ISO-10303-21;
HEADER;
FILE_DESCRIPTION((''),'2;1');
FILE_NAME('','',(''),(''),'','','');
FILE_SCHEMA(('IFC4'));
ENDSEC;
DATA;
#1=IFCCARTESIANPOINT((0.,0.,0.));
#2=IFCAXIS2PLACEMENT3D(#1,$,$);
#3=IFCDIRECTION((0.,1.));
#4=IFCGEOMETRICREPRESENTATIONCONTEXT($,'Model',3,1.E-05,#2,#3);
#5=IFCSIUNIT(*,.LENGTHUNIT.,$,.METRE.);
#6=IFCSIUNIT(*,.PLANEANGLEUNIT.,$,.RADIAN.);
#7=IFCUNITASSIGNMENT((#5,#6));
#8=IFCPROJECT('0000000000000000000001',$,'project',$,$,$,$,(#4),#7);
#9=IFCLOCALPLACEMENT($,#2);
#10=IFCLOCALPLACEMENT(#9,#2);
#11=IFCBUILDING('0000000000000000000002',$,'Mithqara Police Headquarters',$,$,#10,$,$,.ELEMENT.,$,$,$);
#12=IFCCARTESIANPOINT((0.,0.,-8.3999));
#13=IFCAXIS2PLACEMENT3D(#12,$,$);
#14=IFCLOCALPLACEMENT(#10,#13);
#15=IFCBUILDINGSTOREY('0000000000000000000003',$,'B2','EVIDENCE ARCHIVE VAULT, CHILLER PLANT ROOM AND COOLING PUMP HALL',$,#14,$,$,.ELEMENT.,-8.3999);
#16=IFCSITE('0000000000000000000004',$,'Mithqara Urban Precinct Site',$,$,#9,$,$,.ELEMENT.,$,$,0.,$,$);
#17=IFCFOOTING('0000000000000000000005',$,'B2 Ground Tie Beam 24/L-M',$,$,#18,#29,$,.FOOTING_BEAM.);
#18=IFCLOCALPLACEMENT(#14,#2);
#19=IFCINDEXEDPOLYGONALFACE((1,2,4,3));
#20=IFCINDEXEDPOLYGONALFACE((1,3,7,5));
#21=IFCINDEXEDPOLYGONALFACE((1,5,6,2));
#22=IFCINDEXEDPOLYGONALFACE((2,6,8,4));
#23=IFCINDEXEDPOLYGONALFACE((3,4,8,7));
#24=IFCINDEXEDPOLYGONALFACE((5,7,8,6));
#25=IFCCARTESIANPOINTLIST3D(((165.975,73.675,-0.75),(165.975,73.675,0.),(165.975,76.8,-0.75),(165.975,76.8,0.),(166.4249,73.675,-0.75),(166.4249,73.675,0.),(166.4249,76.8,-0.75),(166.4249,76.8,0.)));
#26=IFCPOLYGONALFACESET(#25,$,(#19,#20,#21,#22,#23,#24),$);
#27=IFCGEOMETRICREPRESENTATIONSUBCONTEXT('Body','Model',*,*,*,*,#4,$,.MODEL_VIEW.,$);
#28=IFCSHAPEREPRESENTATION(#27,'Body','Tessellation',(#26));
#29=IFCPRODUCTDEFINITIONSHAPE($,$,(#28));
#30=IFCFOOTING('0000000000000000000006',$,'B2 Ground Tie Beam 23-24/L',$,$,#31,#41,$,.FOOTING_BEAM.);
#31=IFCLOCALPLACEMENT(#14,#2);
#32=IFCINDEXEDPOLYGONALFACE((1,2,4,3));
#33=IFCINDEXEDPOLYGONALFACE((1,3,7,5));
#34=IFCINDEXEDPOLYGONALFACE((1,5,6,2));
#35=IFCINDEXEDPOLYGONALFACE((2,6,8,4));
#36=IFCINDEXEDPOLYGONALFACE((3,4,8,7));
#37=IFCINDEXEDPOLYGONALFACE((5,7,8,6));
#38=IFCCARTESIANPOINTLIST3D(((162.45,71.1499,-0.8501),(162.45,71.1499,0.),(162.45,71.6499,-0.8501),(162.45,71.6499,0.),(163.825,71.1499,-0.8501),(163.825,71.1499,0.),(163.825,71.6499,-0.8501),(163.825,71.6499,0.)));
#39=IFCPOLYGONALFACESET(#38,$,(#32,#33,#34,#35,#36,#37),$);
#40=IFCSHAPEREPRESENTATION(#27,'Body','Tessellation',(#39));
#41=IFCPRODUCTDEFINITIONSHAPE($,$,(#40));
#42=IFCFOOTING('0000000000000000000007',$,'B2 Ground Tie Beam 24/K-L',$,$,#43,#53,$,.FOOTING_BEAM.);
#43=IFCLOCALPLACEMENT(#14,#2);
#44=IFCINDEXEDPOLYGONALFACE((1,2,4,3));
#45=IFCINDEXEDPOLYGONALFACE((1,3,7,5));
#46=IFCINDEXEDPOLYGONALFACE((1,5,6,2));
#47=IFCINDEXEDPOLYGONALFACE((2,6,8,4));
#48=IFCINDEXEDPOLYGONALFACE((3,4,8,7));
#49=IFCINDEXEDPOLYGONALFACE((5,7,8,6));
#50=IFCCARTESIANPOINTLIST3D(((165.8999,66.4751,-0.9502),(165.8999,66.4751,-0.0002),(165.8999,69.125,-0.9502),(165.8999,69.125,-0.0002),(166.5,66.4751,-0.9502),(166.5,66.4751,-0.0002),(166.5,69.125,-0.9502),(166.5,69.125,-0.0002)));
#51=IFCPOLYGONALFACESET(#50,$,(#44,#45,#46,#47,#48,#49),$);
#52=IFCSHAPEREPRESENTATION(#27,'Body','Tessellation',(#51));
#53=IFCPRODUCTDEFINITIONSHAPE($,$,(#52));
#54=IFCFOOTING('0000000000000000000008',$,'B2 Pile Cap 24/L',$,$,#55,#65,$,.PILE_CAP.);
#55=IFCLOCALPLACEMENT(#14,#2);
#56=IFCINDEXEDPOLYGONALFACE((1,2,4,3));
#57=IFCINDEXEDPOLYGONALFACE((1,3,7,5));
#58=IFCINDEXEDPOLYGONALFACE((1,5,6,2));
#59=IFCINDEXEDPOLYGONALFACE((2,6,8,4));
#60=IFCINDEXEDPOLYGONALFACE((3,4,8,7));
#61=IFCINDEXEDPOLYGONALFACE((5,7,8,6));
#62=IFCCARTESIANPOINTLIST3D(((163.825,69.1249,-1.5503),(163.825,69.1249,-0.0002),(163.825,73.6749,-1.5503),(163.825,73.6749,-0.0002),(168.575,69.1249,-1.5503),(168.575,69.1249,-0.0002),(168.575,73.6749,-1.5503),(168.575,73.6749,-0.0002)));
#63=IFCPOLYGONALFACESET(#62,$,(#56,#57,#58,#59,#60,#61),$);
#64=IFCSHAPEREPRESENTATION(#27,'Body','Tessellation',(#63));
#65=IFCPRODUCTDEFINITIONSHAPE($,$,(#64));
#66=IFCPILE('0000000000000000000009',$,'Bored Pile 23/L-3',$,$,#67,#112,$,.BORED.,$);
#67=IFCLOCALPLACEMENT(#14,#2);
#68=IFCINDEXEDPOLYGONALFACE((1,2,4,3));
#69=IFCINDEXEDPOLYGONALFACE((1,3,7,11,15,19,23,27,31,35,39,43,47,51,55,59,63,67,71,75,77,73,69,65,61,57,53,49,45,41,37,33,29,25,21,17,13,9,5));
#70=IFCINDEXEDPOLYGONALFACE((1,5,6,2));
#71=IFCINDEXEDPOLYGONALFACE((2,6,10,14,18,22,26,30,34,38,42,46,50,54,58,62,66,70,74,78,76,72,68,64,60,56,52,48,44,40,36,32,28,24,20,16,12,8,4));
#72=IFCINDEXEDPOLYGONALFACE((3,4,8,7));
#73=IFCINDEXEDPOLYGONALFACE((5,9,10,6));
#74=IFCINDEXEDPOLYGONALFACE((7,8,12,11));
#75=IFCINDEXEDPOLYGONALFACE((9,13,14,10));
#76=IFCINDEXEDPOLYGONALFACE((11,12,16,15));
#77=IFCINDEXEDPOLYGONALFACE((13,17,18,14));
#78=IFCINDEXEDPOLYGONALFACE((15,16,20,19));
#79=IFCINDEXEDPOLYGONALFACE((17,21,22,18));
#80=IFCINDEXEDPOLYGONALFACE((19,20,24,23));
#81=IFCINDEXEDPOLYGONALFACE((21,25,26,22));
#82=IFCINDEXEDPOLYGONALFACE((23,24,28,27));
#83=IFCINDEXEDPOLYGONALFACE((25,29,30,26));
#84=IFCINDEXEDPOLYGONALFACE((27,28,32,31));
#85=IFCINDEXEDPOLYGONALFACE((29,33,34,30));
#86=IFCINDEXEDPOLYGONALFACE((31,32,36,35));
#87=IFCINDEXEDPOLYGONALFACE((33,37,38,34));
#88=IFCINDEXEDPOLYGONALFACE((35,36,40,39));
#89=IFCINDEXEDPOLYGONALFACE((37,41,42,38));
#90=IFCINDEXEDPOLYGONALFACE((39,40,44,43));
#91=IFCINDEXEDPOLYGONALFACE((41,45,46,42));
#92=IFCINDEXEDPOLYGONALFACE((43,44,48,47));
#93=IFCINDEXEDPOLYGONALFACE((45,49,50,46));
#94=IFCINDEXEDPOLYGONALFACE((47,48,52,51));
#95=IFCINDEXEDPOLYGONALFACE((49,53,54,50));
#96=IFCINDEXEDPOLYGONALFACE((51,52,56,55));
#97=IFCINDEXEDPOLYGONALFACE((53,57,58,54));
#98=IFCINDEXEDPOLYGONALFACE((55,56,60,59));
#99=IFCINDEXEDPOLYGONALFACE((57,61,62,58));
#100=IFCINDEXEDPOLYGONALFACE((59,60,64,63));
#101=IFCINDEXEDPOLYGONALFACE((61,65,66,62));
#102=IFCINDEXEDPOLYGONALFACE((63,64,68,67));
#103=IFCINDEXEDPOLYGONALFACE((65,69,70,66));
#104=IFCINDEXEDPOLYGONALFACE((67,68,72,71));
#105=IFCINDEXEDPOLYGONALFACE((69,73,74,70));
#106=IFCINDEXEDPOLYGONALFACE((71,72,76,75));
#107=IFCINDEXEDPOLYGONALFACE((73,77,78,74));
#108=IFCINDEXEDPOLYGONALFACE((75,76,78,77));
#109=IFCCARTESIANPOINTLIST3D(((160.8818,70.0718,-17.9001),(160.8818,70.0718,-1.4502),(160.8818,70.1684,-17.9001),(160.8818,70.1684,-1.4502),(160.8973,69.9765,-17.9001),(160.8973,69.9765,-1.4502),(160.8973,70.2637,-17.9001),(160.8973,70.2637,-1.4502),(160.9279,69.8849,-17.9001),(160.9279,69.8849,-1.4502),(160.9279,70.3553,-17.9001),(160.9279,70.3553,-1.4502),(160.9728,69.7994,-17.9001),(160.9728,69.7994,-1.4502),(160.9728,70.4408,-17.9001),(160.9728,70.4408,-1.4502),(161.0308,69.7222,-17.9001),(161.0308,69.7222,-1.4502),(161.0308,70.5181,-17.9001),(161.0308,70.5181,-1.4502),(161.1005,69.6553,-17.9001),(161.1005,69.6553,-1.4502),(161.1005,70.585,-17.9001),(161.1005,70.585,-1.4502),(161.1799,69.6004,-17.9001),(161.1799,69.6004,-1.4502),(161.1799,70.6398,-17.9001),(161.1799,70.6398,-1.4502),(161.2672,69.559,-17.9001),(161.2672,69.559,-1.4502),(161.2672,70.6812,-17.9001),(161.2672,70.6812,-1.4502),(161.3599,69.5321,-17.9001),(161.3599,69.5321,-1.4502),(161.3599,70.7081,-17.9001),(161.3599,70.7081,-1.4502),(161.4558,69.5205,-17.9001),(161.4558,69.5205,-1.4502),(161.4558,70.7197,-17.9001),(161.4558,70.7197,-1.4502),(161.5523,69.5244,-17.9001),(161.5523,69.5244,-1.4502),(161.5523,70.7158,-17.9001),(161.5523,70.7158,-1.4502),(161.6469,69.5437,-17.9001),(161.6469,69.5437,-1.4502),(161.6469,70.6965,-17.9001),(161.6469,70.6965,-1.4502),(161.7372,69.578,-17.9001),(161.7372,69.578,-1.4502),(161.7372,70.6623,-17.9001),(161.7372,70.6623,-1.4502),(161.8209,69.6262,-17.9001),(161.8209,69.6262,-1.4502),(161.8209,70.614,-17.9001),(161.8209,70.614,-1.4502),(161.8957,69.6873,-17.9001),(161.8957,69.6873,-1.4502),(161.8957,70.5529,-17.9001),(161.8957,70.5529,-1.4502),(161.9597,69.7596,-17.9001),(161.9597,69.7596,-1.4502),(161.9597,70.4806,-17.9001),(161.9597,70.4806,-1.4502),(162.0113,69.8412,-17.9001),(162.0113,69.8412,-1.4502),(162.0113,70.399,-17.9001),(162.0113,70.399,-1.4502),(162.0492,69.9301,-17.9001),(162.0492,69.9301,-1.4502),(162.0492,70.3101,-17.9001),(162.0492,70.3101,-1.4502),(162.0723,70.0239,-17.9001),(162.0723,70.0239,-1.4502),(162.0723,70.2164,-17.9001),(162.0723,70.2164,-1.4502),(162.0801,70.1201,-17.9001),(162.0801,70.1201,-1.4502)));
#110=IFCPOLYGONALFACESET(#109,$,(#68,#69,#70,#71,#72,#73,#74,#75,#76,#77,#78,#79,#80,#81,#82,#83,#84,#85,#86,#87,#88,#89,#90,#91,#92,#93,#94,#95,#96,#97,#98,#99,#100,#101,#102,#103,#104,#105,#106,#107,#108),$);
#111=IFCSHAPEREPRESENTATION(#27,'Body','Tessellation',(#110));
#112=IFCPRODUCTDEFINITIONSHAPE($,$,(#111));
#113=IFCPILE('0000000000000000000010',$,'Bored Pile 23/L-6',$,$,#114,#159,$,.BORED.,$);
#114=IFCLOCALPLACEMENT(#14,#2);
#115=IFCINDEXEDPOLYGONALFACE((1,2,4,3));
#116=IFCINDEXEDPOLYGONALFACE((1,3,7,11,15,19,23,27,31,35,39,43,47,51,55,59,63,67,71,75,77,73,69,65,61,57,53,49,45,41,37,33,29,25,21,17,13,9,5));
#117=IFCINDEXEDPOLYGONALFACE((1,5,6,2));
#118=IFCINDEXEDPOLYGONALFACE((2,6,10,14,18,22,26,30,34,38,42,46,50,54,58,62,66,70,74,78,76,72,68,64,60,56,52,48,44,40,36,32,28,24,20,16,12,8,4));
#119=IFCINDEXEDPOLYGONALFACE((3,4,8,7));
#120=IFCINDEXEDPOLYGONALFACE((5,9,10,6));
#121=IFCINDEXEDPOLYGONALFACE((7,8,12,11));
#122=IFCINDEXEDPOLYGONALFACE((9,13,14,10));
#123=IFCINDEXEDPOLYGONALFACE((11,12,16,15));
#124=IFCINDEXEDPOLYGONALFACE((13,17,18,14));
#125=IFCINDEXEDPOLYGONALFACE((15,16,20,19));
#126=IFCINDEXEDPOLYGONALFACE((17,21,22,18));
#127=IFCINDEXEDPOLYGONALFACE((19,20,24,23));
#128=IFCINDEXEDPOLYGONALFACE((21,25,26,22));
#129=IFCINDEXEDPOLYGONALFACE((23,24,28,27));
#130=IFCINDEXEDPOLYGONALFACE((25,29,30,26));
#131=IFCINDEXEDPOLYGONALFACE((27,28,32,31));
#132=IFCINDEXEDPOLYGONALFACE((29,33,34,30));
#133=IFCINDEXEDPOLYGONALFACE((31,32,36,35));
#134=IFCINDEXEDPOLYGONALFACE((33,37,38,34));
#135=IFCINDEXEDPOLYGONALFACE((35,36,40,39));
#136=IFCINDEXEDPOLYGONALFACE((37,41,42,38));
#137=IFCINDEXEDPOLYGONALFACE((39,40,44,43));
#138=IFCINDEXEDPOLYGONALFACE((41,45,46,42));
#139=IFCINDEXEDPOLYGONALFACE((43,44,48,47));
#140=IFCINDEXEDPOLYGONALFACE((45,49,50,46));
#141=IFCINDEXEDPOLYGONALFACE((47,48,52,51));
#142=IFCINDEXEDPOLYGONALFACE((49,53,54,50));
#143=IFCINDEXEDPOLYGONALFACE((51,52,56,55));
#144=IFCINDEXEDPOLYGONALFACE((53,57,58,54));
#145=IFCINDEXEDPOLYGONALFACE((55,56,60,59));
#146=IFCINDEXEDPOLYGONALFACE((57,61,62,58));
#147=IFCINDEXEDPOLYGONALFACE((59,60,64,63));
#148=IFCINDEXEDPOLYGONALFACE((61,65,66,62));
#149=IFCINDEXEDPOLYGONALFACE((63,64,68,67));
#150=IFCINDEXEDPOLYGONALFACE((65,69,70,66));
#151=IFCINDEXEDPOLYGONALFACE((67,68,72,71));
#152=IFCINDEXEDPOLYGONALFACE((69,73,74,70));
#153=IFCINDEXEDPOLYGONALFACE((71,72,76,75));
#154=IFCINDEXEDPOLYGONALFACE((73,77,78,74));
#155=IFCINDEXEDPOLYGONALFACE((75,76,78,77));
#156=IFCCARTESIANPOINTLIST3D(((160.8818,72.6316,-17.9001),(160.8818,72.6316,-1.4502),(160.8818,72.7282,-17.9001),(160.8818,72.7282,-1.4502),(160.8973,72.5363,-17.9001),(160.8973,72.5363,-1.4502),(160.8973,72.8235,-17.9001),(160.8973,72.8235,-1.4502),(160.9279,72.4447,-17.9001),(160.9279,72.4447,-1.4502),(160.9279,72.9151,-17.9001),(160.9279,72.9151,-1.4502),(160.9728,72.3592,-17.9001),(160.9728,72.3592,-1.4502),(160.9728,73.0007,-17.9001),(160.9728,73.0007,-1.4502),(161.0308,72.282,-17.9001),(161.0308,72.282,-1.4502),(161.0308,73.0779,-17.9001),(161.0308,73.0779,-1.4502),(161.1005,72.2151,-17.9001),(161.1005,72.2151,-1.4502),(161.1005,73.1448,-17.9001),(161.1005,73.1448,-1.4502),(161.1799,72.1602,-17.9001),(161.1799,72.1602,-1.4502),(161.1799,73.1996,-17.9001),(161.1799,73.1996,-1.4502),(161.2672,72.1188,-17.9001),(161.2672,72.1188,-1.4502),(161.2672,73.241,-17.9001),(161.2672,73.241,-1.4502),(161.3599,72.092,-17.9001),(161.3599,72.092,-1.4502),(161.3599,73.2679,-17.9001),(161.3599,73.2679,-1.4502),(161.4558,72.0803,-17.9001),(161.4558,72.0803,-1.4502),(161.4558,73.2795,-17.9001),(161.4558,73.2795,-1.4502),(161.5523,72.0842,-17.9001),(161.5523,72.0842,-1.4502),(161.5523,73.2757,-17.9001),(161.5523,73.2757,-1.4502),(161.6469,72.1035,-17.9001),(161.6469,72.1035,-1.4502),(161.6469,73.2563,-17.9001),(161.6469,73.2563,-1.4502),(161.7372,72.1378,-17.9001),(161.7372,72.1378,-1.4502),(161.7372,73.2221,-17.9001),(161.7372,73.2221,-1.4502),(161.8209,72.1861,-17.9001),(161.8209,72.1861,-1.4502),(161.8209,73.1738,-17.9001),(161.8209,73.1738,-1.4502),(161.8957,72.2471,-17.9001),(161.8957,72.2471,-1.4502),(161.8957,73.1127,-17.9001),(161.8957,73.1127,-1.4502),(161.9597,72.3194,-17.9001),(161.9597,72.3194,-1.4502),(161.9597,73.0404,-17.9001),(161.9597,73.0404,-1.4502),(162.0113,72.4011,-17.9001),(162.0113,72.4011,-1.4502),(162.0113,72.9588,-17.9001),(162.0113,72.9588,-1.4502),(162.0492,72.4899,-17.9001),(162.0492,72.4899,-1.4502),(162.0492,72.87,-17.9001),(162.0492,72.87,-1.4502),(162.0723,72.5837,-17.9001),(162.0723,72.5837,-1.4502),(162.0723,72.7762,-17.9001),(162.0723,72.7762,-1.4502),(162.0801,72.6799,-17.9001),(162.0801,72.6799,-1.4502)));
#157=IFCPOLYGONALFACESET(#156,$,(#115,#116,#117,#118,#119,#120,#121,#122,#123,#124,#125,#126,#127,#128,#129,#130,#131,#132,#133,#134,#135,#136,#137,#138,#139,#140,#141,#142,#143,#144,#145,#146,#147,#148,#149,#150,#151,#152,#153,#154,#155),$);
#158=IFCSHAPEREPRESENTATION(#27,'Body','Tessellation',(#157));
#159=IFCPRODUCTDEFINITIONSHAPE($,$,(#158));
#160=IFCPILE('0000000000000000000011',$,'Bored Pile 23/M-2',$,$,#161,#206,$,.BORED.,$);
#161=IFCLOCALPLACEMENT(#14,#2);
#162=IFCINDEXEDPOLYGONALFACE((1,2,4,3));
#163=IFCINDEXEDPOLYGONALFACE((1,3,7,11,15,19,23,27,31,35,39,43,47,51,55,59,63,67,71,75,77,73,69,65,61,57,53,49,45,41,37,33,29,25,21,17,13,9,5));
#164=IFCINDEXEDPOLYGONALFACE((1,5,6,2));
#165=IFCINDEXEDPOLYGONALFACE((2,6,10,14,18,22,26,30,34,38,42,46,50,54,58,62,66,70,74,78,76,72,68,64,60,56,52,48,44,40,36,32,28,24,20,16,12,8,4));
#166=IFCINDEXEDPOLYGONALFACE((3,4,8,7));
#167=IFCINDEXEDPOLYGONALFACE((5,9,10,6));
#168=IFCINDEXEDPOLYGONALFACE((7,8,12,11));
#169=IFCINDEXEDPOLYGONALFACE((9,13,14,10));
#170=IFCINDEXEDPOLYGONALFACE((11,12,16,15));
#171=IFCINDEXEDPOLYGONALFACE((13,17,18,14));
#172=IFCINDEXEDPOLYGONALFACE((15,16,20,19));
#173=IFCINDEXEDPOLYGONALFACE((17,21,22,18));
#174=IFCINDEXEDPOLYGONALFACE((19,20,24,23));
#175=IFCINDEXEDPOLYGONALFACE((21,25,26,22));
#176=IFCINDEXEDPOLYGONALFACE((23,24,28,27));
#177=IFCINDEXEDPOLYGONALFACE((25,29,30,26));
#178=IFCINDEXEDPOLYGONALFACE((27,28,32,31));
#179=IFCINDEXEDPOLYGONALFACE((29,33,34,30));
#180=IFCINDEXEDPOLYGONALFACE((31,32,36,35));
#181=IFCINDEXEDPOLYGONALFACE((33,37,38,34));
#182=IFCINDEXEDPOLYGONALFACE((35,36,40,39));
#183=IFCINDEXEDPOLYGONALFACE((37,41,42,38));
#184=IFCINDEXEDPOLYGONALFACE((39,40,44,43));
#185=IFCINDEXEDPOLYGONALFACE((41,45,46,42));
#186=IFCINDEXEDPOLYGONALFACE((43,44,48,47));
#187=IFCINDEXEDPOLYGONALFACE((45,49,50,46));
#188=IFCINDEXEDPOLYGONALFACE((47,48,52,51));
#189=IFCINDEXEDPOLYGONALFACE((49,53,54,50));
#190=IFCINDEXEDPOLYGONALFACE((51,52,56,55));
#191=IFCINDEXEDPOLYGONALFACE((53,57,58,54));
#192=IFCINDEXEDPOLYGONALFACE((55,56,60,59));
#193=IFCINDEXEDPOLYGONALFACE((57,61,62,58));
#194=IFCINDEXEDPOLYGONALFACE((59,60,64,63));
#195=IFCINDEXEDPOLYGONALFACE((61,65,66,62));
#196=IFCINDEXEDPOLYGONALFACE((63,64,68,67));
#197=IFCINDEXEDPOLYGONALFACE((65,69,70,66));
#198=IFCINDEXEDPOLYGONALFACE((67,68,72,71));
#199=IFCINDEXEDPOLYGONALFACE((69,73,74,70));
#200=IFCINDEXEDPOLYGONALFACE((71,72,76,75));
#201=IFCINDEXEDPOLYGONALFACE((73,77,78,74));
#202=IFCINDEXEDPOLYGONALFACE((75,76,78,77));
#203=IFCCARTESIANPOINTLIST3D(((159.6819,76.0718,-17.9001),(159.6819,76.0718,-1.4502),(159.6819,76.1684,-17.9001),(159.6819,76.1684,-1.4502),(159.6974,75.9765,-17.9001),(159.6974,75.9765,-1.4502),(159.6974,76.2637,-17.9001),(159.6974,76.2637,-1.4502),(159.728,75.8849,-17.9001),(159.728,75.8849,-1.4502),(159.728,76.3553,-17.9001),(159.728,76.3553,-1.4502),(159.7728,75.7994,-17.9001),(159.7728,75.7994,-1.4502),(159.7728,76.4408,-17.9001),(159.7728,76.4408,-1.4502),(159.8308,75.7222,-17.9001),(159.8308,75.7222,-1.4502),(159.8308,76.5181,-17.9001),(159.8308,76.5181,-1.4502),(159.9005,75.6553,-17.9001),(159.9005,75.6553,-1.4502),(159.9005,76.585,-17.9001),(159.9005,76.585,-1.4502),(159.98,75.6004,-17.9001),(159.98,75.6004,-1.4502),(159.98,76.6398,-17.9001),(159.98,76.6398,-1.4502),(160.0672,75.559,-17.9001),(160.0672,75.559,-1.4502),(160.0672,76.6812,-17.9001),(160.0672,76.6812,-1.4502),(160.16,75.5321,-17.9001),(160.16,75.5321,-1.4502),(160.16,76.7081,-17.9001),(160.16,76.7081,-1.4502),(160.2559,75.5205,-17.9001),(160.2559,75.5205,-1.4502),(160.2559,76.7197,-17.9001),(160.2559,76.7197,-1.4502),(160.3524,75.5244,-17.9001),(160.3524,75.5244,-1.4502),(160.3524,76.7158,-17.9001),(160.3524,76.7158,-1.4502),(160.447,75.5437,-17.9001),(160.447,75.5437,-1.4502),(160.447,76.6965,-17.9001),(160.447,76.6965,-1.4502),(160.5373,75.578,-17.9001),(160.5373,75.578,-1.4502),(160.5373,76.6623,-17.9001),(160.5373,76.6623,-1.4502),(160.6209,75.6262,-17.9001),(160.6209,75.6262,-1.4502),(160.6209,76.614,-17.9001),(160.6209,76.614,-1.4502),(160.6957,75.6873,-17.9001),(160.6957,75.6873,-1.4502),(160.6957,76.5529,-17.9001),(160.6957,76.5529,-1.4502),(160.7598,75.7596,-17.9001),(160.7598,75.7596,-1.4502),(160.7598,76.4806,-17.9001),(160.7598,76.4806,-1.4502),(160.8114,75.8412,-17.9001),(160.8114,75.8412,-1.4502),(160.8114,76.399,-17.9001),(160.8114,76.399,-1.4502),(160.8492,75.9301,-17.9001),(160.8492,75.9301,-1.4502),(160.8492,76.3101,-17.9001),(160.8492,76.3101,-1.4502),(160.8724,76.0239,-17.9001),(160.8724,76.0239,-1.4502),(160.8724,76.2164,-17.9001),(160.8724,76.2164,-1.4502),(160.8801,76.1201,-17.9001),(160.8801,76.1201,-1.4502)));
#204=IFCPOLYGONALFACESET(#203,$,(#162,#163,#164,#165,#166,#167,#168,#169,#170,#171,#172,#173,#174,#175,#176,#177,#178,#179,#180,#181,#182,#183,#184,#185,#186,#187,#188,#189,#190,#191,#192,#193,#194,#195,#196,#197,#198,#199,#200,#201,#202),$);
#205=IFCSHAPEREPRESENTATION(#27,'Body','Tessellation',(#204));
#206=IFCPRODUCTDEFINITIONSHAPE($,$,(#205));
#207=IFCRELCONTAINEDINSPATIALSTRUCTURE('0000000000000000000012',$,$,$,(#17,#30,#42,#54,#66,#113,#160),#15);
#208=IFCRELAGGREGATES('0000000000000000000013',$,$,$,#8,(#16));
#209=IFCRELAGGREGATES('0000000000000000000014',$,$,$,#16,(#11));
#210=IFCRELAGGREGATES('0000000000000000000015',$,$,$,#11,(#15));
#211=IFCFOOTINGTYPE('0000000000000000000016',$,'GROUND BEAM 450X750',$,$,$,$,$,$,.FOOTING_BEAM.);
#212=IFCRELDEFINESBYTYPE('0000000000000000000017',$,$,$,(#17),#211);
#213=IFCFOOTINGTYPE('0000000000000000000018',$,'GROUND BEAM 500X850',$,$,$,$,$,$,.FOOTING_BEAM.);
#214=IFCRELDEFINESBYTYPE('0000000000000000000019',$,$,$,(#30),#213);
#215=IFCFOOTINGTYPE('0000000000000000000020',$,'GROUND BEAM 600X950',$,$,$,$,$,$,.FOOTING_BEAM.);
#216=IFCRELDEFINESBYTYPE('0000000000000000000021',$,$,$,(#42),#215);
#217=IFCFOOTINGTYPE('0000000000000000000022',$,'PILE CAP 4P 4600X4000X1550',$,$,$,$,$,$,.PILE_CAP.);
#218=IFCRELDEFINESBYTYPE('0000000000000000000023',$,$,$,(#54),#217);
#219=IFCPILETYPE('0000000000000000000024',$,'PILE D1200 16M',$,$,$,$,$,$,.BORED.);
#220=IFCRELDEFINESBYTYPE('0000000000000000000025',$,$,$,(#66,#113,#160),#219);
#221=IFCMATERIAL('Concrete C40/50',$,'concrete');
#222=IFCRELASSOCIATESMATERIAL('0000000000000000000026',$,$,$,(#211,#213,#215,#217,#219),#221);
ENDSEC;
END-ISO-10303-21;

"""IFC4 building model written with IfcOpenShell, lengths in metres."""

from ifc_helpers import new_model, si_unit, direction, frame, origin, origin_2d, place, context, subcontext, project, spatial, rectangle, circle, extrude, material, material_profile, profile_set, type_object, element, save


model = new_model("IFC4")

# Units and contexts
model_context = context("Model", 3, precision=1e-05, world=origin(), true_north=direction((0.0, 1.0)))
body_context = subcontext(model_context, "Body", "Model", "MODEL_VIEW")
ifc_project = project(units=[si_unit("LENGTHUNIT", "METRE"), si_unit("PLANEANGLEUNIT", "RADIAN")], contexts=[model_context])

# Site, building, storey
site_placement = place(None, origin())
site = spatial("IfcSite", under=ifc_project, at=site_placement, Name="Mithqara Urban Precinct Site", CompositionType="ELEMENT", RefElevation=0.0)
building_placement = place(site_placement, origin())
building = spatial("IfcBuilding", under=site, at=building_placement, Name="Mithqara Police Headquarters", CompositionType="ELEMENT")
storey_placement = place(building_placement, frame((0.0, 0.0, -8.3999)))
storey = spatial("IfcBuildingStorey", under=building, at=storey_placement, Name="B2", Description="EVIDENCE ARCHIVE VAULT, CHILLER PLANT ROOM AND COOLING PUMP HALL", CompositionType="ELEMENT", Elevation=-8.3999)

# Footings
ifc_material_1 = material(Name="Concrete C40/50", Category="concrete")
footing_type_1 = type_object("IfcFootingType", Name="GROUND BEAM 450X750", PredefinedType="FOOTING_BEAM", material=ifc_material_1)
footing_1_placement = place(storey_placement, frame((166.2, 75.2375, -0.75), z_axis=(0.0, 0.0, 1.0), x_axis=(1.0, 0.0, 0.0)))
element("IfcFooting", 1, at=footing_1_placement, inside=storey, type_object=footing_type_1, Name="B2 Ground Tie Beam 24/L-M", PredefinedType="FOOTING_BEAM", context=body_context, shape_type="SweptSolid", body=[
    extrude(rectangle(XDim=0.45, YDim=3.125, at=origin_2d()), origin(), (0.0, 0.0, 1.0), 0.75),
])
footing_type_2 = type_object("IfcFootingType", Name="GROUND BEAM 500X850", PredefinedType="FOOTING_BEAM", material=ifc_material_1)
footing_2_placement = place(storey_placement, frame((163.1375, 71.3999, -0.8501), z_axis=(0.0, 0.0, 1.0), x_axis=(1.0, 0.0, 0.0)))
element("IfcFooting", 2, at=footing_2_placement, inside=storey, type_object=footing_type_2, Name="B2 Ground Tie Beam 23-24/L", PredefinedType="FOOTING_BEAM", context=body_context, shape_type="SweptSolid", body=[
    extrude(rectangle(XDim=1.375, YDim=0.5, at=origin_2d()), origin(), (0.0, 0.0, 1.0), 0.8501),
])
footing_type_3 = type_object("IfcFootingType", Name="GROUND BEAM 600X950", PredefinedType="FOOTING_BEAM", material=ifc_material_1)
footing_3_placement = place(storey_placement, frame((166.2, 67.8, -0.9502), z_axis=(0.0, 0.0, 1.0), x_axis=(1.0, 0.0, 0.0)))
element("IfcFooting", 3, at=footing_3_placement, inside=storey, type_object=footing_type_3, Name="B2 Ground Tie Beam 24/K-L", PredefinedType="FOOTING_BEAM", context=body_context, shape_type="SweptSolid", body=[
    extrude(rectangle(XDim=0.6001, YDim=2.6499, at=origin_2d()), origin(), (0.0, 0.0, 1.0), 0.95),
])
footing_type_4 = type_object("IfcFootingType", Name="PILE CAP 4P 4600X4000X1550", PredefinedType="PILE_CAP", material=ifc_material_1)
footing_4_placement = place(storey_placement, frame((166.2, 71.3999, -1.5503), z_axis=(0.0, 0.0, 1.0), x_axis=(1.0, 0.0, 0.0)))
element("IfcFooting", 4, at=footing_4_placement, inside=storey, type_object=footing_type_4, Name="B2 Pile Cap 24/L", PredefinedType="PILE_CAP", context=body_context, shape_type="SweptSolid", body=[
    extrude(rectangle(XDim=4.75, YDim=4.55, at=origin_2d()), origin(), (0.0, 0.0, 1.0), 1.55),
])

# Piles
ifc_material_profile_1 = material_profile(ifc_material_1, circle(Radius=0.6001, at=origin_2d()), Name="PILE D1200")
ifc_profile_set_1 = profile_set([ifc_material_profile_1], Name="Concrete C40/50")
pile_type_1 = type_object("IfcPileType", Name="PILE D1200 16M", PredefinedType="BORED", material=ifc_profile_set_1)
for number, where, z_axis, x_axis, name in (
    (5, (161.48, 70.1201, -1.4502), (0.0, 0.0, -1.0), (1.0, 0.0, 0.0), "Bored Pile 23/L-3"),
    (6, (161.48, 72.6799, -1.4502), (0.0, 0.0, -1.0), (1.0, 0.0, 0.0), "Bored Pile 23/L-6"),
    (7, (160.28, 76.1201, -1.4502), (0.0, 0.0, -1.0), (1.0, 0.0, 0.0), "Bored Pile 23/M-2"),
):
    element("IfcPile", number, at=place(storey_placement, frame(where, z_axis=z_axis, x_axis=x_axis)), inside=storey, type_object=pile_type_1, Name=name, PredefinedType="BORED", context=body_context, shape_type="SweptSolid", body=[
        extrude(circle(Radius=0.6001, at=origin_2d()), origin(), (0.0, 0.0, 1.0), 16.45),
    ])

save(model, "model.ifc")
